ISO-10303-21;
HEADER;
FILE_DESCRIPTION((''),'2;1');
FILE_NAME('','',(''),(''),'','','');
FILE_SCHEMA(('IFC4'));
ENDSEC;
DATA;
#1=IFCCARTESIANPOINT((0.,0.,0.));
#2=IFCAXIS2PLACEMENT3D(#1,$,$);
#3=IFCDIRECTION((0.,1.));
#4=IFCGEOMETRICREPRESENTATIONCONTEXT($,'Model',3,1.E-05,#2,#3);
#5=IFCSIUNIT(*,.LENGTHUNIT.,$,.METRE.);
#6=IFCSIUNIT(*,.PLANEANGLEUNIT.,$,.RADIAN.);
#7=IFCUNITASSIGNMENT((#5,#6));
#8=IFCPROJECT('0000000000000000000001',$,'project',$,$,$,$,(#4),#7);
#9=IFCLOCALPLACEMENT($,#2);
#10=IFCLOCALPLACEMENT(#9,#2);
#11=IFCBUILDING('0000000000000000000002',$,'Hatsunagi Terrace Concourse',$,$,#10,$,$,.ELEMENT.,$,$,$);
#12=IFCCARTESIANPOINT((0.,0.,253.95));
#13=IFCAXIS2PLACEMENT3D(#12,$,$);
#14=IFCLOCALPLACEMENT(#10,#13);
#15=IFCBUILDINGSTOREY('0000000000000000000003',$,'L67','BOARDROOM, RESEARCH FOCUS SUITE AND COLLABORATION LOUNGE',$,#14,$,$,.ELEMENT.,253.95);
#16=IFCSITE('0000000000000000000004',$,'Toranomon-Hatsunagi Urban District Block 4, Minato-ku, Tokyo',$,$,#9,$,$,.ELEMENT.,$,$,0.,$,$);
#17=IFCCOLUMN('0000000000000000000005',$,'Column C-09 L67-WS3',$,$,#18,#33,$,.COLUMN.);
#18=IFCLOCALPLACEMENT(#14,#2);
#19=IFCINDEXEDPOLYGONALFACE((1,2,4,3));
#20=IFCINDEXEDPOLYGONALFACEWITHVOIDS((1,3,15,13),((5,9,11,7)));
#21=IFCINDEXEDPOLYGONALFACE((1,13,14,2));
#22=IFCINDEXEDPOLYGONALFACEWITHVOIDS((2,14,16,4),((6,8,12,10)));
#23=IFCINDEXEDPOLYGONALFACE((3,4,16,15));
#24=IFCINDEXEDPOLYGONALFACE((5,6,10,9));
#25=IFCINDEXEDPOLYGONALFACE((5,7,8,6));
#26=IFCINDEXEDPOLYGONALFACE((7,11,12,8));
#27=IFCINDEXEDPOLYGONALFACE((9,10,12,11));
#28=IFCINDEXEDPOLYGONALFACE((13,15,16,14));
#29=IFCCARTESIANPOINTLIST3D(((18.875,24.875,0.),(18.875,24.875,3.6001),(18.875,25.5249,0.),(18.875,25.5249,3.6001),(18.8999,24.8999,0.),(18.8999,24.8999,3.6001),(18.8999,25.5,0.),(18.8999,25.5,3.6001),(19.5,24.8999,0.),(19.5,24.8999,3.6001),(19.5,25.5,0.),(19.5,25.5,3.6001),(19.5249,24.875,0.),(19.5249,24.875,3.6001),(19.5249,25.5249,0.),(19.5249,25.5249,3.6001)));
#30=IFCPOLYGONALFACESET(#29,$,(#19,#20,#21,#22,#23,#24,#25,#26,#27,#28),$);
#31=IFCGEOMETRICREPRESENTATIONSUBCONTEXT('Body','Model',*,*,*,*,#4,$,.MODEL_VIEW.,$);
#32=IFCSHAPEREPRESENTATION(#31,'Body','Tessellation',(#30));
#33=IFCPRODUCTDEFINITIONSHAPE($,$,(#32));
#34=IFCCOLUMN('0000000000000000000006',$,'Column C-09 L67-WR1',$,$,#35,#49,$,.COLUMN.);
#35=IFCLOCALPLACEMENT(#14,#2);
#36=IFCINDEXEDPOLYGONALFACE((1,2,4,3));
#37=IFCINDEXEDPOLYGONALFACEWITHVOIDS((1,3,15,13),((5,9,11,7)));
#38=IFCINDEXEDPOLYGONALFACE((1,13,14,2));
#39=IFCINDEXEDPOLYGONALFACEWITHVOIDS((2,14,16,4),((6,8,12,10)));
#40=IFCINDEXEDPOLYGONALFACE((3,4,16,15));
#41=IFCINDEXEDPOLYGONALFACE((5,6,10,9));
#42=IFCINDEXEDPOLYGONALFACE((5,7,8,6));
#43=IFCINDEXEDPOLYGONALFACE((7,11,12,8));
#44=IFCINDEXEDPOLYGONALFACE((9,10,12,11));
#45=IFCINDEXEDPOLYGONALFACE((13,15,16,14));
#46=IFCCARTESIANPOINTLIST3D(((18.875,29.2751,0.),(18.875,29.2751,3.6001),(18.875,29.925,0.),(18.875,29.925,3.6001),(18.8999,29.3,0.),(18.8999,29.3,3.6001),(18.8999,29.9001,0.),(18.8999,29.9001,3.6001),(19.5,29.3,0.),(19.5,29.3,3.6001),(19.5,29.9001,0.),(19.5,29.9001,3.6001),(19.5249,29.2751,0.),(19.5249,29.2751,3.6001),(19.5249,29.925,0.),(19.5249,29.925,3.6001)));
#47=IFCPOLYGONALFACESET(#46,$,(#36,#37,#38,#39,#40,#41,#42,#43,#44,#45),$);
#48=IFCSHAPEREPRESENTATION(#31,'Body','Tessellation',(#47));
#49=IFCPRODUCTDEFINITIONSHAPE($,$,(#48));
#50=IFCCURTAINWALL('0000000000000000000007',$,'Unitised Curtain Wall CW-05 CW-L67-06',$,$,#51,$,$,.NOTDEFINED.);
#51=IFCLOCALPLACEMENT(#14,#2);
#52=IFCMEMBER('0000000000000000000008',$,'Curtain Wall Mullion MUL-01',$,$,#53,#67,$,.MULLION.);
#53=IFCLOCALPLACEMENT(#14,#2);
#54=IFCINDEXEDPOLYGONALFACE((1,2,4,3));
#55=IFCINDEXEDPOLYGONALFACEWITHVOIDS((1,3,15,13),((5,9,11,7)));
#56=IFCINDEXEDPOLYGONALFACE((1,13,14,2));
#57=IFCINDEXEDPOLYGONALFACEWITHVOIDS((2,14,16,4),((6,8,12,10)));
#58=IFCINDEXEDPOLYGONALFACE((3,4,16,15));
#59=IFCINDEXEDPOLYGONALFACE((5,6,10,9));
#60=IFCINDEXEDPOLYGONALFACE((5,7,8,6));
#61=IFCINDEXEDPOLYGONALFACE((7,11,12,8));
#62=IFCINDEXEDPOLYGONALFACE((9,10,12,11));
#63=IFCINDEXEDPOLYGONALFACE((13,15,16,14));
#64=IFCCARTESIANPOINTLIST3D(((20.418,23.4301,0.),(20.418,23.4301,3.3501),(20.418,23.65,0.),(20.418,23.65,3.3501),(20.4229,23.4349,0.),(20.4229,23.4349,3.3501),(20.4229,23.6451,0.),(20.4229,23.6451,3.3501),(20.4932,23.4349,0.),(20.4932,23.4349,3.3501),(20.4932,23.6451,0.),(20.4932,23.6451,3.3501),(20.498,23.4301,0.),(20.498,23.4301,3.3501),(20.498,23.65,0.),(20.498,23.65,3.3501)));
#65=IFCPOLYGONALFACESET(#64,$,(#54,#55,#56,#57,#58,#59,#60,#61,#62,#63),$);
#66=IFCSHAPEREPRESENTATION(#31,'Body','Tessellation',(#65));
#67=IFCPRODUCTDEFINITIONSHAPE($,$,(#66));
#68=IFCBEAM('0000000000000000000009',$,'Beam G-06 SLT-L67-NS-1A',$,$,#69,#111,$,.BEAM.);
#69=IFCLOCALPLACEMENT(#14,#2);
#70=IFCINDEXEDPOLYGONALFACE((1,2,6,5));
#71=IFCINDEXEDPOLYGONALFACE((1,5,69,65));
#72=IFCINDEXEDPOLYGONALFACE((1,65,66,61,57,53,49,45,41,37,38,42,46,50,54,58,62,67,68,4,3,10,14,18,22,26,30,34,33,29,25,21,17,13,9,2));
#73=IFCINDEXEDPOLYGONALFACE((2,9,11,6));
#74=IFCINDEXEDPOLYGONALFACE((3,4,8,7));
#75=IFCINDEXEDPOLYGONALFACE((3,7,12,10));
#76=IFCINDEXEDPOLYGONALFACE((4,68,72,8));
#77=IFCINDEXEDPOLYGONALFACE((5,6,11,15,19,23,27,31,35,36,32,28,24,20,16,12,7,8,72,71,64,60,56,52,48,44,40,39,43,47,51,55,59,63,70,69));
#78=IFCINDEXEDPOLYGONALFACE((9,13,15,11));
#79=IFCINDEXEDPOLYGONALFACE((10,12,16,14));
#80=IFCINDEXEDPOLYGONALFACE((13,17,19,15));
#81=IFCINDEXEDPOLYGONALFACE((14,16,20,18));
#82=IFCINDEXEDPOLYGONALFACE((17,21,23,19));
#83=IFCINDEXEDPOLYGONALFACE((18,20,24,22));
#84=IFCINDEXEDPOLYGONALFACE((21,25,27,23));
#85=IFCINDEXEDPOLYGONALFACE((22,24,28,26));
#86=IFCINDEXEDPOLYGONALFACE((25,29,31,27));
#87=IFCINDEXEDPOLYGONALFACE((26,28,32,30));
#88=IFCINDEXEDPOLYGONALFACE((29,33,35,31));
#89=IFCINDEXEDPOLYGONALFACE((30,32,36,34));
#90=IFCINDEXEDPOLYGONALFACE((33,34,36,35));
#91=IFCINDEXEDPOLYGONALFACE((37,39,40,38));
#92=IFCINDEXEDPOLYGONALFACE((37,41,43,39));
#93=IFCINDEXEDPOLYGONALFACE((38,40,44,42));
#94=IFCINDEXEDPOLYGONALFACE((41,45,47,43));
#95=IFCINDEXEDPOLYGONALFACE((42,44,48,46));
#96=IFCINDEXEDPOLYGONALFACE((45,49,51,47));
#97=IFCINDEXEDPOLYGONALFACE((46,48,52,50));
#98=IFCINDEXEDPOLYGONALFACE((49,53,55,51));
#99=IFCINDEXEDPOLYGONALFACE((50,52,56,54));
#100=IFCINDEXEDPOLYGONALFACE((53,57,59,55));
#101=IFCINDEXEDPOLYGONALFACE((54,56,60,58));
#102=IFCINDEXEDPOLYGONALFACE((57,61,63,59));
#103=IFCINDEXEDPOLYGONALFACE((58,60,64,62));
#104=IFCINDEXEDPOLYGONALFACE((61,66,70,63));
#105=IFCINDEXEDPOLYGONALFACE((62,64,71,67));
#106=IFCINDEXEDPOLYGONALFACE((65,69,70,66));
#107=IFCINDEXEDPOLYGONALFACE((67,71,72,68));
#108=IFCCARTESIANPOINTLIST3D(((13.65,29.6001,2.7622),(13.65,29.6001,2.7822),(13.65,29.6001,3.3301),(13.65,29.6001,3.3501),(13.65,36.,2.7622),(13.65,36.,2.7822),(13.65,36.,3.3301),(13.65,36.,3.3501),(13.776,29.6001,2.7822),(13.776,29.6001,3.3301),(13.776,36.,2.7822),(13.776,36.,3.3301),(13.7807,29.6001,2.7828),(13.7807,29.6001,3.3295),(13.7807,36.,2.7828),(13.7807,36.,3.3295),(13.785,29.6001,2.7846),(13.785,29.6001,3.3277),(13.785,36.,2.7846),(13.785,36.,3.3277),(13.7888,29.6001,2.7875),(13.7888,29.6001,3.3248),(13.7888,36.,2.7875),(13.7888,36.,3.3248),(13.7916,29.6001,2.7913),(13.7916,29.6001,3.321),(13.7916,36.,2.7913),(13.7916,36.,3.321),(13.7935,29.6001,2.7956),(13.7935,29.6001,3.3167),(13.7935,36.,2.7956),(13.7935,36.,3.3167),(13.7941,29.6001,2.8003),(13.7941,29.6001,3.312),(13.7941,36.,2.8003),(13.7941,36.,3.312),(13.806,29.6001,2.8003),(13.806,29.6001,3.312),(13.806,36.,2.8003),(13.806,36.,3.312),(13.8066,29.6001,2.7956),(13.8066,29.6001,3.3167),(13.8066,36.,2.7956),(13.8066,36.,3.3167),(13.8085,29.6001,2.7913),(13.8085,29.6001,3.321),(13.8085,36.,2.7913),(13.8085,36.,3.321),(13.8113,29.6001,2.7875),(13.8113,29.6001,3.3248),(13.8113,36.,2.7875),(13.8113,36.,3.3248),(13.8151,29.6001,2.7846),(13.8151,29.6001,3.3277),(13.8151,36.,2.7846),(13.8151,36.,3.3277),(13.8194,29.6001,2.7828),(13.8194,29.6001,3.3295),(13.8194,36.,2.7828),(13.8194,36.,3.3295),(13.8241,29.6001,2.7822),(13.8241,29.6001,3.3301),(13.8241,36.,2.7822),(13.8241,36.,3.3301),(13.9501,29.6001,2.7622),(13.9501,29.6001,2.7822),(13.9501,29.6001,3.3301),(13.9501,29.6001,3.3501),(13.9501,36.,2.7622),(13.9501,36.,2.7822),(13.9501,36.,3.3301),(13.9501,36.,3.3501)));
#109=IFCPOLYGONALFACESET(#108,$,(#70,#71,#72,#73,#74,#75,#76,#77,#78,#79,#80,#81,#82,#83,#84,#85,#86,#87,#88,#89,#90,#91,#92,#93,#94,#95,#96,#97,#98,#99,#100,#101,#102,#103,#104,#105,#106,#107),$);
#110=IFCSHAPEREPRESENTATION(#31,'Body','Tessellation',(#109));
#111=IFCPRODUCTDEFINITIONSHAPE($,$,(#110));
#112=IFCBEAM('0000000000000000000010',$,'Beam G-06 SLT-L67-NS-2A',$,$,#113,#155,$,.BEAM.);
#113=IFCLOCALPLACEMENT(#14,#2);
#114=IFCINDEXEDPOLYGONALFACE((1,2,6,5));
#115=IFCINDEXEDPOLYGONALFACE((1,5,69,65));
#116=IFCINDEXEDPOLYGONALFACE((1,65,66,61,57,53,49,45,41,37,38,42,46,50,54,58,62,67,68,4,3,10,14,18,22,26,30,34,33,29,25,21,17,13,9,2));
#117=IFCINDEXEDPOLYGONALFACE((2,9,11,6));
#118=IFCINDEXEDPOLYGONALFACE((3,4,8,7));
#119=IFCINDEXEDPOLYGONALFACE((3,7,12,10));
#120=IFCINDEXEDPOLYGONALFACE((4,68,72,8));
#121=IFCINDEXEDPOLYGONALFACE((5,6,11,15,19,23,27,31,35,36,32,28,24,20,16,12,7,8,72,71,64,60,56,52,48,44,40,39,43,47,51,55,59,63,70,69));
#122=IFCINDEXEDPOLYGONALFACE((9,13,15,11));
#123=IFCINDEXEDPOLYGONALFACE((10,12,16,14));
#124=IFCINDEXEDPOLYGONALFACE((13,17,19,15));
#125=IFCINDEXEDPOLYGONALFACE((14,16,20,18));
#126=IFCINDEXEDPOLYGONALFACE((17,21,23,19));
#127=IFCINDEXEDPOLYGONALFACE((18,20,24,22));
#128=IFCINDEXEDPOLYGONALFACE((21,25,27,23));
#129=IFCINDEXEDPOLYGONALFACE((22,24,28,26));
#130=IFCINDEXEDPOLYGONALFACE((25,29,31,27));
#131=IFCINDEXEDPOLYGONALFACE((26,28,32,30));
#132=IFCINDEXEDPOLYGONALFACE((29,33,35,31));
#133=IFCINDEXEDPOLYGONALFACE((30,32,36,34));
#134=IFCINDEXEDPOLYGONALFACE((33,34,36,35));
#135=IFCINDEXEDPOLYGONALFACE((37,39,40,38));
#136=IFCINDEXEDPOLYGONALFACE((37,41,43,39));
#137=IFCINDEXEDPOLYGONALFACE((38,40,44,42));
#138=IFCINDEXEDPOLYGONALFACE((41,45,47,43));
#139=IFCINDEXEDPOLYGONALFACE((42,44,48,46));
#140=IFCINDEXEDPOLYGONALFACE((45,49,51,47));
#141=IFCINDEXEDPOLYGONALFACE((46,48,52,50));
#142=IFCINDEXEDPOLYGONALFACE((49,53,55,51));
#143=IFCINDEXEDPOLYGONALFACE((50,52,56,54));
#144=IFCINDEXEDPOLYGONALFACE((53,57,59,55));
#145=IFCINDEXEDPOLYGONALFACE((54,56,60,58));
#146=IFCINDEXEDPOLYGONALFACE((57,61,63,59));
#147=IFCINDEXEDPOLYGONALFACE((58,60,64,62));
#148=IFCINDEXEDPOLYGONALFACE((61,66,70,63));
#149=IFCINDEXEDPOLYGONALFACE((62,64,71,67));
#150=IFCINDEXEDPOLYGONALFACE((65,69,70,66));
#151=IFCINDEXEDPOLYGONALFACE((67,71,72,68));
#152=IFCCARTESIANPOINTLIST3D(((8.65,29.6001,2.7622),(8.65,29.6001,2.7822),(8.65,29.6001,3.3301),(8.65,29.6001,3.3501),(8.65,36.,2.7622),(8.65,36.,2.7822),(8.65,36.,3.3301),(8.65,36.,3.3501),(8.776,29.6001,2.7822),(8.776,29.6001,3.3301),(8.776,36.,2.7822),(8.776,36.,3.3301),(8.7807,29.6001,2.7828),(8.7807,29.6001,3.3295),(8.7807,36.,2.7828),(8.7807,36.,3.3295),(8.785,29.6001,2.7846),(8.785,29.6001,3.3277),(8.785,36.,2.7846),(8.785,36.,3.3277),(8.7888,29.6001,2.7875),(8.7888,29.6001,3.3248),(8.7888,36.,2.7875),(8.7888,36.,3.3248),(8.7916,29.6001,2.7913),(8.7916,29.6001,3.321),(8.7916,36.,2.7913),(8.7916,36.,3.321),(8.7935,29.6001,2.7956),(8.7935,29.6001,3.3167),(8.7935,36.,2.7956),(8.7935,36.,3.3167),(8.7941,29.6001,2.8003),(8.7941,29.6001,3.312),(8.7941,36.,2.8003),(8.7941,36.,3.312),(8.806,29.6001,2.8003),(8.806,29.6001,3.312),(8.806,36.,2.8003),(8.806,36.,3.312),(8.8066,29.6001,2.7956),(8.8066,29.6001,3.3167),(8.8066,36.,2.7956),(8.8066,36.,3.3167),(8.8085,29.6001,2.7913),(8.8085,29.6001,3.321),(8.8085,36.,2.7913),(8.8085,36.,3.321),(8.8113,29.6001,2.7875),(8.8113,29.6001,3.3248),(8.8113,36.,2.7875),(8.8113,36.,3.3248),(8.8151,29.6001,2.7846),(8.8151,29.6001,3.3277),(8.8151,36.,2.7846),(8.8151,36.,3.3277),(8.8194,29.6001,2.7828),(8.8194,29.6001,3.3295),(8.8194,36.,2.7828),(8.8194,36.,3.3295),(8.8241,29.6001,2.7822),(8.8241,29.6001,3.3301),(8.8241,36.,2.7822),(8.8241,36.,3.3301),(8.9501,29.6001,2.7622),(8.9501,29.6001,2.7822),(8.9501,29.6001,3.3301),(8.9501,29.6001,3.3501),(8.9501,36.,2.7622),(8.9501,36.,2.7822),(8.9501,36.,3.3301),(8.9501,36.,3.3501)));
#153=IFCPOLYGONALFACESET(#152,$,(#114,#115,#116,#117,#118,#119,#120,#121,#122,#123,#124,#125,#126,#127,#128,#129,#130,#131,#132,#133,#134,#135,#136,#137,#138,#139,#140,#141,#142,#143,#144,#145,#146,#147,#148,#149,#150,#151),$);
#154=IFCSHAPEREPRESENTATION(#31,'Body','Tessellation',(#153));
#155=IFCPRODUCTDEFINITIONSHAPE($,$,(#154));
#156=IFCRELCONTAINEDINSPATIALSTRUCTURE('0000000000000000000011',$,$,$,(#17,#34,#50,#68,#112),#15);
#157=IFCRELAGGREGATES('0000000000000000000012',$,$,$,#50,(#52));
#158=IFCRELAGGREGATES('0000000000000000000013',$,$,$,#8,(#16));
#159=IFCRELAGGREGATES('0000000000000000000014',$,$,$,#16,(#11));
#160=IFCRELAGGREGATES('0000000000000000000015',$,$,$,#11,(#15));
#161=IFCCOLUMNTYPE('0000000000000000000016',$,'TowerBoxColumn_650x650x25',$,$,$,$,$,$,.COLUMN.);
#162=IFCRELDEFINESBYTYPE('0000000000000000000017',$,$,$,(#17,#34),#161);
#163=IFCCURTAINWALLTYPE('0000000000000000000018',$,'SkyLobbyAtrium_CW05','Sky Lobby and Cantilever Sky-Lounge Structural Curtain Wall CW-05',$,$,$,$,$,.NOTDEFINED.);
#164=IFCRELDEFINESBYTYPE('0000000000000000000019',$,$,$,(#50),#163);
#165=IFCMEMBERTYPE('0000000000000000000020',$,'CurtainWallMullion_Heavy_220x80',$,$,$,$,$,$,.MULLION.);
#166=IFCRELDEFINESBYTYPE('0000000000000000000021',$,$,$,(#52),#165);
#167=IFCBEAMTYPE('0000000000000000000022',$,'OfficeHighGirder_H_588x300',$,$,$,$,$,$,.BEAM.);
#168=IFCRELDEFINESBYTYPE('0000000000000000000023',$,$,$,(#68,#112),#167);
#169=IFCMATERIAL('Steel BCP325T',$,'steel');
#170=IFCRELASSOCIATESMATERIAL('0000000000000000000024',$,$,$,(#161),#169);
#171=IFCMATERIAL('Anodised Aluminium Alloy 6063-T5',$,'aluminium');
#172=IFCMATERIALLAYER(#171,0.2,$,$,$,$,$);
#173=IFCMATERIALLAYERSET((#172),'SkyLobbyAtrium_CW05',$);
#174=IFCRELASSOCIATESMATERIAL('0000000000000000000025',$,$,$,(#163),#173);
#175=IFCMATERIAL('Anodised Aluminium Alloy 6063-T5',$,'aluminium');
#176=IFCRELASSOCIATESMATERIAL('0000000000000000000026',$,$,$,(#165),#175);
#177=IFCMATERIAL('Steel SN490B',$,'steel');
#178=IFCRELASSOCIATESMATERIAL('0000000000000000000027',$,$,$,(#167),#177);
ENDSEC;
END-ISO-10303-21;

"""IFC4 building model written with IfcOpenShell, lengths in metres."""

from ifc_helpers import new_model, si_unit, direction, frame, origin, origin_2d, place, context, subcontext, project, spatial, hollow_rectangle, i_section, extrude, material, layer, layer_set, material_profile, profile_set, type_object, element, aggregate, save


model = new_model("IFC4")

# Units and contexts
model_context = context("Model", 3, precision=1e-05, world=origin(), true_north=direction((0.0, 1.0)))
body_context = subcontext(model_context, "Body", "Model", "MODEL_VIEW")
ifc_project = project(units=[si_unit("LENGTHUNIT", "METRE"), si_unit("PLANEANGLEUNIT", "RADIAN")], contexts=[model_context])

# Site, building, storey
site_placement = place(None, origin())
site = spatial("IfcSite", under=ifc_project, at=site_placement, Name="Toranomon-Hatsunagi Urban District Block 4, Minato-ku, Tokyo", CompositionType="ELEMENT", RefElevation=0.0)
building_placement = place(site_placement, origin())
building = spatial("IfcBuilding", under=site, at=building_placement, Name="Hatsunagi Terrace Concourse", CompositionType="ELEMENT")
storey_placement = place(building_placement, frame((0.0, 0.0, 253.95)))
storey = spatial("IfcBuildingStorey", under=building, at=storey_placement, Name="L67", Description="BOARDROOM, RESEARCH FOCUS SUITE AND COLLABORATION LOUNGE", CompositionType="ELEMENT", Elevation=253.95)

# Columns
ifc_material_1 = material(Name="Steel BCP325T", Category="steel")
ifc_material_profile_1 = material_profile(ifc_material_1, hollow_rectangle(XDim=0.6499, YDim=0.6499, WallThickness=0.0249, at=origin_2d()), Name="BCP-650x650x25")
ifc_profile_set_1 = profile_set([ifc_material_profile_1], Name="Steel BCP325T")
column_type = type_object("IfcColumnType", Name="TowerBoxColumn_650x650x25", PredefinedType="COLUMN", material=ifc_profile_set_1)
for number, where, z_axis, x_axis, name in (
    (1, (19.2, 25.2, 0.0), (0.0, 0.0, 1.0), (1.0, 0.0, 0.0), "Column C-09 L67-WS3"),
    (2, (19.2, 29.6001, 0.0), (0.0, 0.0, 1.0), (1.0, 0.0, 0.0), "Column C-09 L67-WR1"),
):
    element("IfcColumn", number, at=place(storey_placement, frame(where, z_axis=z_axis, x_axis=x_axis)), inside=storey, type_object=column_type, Name=name, PredefinedType="COLUMN", context=body_context, shape_type="SweptSolid", body=[
        extrude(hollow_rectangle(XDim=0.6499, YDim=0.6499, WallThickness=0.0249, at=origin_2d()), origin(), (0.0, 0.0, 1.0), 3.6001),
    ])

# Curtain wall, member
ifc_material_2 = material(Name="Anodised Aluminium Alloy 6063-T5", Category="aluminium")
ifc_layer_1 = layer(ifc_material_2, 0.2)
ifc_layer_set_1 = layer_set([ifc_layer_1], Name="SkyLobbyAtrium_CW05")
curtain_wall_type = type_object("IfcCurtainWallType", Name="SkyLobbyAtrium_CW05", Description="Sky Lobby and Cantilever Sky-Lounge Structural Curtain Wall CW-05", PredefinedType="NOTDEFINED", material=ifc_layer_set_1)
curtain_wall_placement = place(storey_placement, origin())
curtain_wall = element("IfcCurtainWall", 3, at=curtain_wall_placement, inside=storey, type_object=curtain_wall_type, Name="Unitised Curtain Wall CW-05 CW-L67-06", PredefinedType="NOTDEFINED")
ifc_material_3 = material(Name="Anodised Aluminium Alloy 6063-T5", Category="aluminium")
ifc_material_profile_2 = material_profile(ifc_material_3, hollow_rectangle(XDim=0.0801, YDim=0.22, WallThickness=0.0049, at=origin_2d()), Name="ALU-MUL-220x80x5")
ifc_profile_set_2 = profile_set([ifc_material_profile_2], Name="Anodised Aluminium Alloy 6063-T5")
member_type = type_object("IfcMemberType", Name="CurtainWallMullion_Heavy_220x80", PredefinedType="MULLION", material=ifc_profile_set_2)
member_placement = place(storey_placement, frame((20.458, 23.54, 0.0), z_axis=(0.0, 0.0, 1.0), x_axis=(-1.0, 0.0, 0.0)))
member = element("IfcMember", 4, at=member_placement, type_object=member_type, Name="Curtain Wall Mullion MUL-01", PredefinedType="MULLION", context=body_context, shape_type="SweptSolid", body=[
    extrude(hollow_rectangle(XDim=0.0801, YDim=0.22, WallThickness=0.0049, at=origin_2d()), origin(), (0.0, 0.0, 1.0), 3.3501),
])

# Beams
ifc_material_4 = material(Name="Steel SN490B", Category="steel")
ifc_material_profile_3 = material_profile(ifc_material_4, i_section(OverallWidth=0.3, OverallDepth=0.5879, WebThickness=0.012, FlangeThickness=0.02, FilletRadius=0.0181, at=origin_2d()), Name="H-588x300x12x20")
ifc_profile_set_3 = profile_set([ifc_material_profile_3], Name="Steel SN490B")
beam_type_1 = type_object("IfcBeamType", Name="OfficeHighGirder_H_588x300", PredefinedType="BEAM", material=ifc_profile_set_3)
for number, where, z_axis, x_axis, name in (
    (5, (13.8, 29.6001, 3.0562), (0.0, 1.0, 0.0), (-1.0, 0.0, 0.0), "Beam G-06 SLT-L67-NS-1A"),
    (6, (8.8, 29.6001, 3.0562), (0.0, 1.0, 0.0), (-1.0, 0.0, 0.0), "Beam G-06 SLT-L67-NS-2A"),
):
    element("IfcBeam", number, at=place(storey_placement, frame(where, z_axis=z_axis, x_axis=x_axis)), inside=storey, type_object=beam_type_1, Name=name, PredefinedType="BEAM", context=body_context, shape_type="SweptSolid", body=[
        extrude(i_section(OverallWidth=0.3, OverallDepth=0.5879, WebThickness=0.012, FlangeThickness=0.02, FilletRadius=0.0181, at=origin_2d()), origin(), (0.0, 0.0, 1.0), 6.3999),
    ])

aggregate(curtain_wall, [member])

save(model, "model.ifc")
